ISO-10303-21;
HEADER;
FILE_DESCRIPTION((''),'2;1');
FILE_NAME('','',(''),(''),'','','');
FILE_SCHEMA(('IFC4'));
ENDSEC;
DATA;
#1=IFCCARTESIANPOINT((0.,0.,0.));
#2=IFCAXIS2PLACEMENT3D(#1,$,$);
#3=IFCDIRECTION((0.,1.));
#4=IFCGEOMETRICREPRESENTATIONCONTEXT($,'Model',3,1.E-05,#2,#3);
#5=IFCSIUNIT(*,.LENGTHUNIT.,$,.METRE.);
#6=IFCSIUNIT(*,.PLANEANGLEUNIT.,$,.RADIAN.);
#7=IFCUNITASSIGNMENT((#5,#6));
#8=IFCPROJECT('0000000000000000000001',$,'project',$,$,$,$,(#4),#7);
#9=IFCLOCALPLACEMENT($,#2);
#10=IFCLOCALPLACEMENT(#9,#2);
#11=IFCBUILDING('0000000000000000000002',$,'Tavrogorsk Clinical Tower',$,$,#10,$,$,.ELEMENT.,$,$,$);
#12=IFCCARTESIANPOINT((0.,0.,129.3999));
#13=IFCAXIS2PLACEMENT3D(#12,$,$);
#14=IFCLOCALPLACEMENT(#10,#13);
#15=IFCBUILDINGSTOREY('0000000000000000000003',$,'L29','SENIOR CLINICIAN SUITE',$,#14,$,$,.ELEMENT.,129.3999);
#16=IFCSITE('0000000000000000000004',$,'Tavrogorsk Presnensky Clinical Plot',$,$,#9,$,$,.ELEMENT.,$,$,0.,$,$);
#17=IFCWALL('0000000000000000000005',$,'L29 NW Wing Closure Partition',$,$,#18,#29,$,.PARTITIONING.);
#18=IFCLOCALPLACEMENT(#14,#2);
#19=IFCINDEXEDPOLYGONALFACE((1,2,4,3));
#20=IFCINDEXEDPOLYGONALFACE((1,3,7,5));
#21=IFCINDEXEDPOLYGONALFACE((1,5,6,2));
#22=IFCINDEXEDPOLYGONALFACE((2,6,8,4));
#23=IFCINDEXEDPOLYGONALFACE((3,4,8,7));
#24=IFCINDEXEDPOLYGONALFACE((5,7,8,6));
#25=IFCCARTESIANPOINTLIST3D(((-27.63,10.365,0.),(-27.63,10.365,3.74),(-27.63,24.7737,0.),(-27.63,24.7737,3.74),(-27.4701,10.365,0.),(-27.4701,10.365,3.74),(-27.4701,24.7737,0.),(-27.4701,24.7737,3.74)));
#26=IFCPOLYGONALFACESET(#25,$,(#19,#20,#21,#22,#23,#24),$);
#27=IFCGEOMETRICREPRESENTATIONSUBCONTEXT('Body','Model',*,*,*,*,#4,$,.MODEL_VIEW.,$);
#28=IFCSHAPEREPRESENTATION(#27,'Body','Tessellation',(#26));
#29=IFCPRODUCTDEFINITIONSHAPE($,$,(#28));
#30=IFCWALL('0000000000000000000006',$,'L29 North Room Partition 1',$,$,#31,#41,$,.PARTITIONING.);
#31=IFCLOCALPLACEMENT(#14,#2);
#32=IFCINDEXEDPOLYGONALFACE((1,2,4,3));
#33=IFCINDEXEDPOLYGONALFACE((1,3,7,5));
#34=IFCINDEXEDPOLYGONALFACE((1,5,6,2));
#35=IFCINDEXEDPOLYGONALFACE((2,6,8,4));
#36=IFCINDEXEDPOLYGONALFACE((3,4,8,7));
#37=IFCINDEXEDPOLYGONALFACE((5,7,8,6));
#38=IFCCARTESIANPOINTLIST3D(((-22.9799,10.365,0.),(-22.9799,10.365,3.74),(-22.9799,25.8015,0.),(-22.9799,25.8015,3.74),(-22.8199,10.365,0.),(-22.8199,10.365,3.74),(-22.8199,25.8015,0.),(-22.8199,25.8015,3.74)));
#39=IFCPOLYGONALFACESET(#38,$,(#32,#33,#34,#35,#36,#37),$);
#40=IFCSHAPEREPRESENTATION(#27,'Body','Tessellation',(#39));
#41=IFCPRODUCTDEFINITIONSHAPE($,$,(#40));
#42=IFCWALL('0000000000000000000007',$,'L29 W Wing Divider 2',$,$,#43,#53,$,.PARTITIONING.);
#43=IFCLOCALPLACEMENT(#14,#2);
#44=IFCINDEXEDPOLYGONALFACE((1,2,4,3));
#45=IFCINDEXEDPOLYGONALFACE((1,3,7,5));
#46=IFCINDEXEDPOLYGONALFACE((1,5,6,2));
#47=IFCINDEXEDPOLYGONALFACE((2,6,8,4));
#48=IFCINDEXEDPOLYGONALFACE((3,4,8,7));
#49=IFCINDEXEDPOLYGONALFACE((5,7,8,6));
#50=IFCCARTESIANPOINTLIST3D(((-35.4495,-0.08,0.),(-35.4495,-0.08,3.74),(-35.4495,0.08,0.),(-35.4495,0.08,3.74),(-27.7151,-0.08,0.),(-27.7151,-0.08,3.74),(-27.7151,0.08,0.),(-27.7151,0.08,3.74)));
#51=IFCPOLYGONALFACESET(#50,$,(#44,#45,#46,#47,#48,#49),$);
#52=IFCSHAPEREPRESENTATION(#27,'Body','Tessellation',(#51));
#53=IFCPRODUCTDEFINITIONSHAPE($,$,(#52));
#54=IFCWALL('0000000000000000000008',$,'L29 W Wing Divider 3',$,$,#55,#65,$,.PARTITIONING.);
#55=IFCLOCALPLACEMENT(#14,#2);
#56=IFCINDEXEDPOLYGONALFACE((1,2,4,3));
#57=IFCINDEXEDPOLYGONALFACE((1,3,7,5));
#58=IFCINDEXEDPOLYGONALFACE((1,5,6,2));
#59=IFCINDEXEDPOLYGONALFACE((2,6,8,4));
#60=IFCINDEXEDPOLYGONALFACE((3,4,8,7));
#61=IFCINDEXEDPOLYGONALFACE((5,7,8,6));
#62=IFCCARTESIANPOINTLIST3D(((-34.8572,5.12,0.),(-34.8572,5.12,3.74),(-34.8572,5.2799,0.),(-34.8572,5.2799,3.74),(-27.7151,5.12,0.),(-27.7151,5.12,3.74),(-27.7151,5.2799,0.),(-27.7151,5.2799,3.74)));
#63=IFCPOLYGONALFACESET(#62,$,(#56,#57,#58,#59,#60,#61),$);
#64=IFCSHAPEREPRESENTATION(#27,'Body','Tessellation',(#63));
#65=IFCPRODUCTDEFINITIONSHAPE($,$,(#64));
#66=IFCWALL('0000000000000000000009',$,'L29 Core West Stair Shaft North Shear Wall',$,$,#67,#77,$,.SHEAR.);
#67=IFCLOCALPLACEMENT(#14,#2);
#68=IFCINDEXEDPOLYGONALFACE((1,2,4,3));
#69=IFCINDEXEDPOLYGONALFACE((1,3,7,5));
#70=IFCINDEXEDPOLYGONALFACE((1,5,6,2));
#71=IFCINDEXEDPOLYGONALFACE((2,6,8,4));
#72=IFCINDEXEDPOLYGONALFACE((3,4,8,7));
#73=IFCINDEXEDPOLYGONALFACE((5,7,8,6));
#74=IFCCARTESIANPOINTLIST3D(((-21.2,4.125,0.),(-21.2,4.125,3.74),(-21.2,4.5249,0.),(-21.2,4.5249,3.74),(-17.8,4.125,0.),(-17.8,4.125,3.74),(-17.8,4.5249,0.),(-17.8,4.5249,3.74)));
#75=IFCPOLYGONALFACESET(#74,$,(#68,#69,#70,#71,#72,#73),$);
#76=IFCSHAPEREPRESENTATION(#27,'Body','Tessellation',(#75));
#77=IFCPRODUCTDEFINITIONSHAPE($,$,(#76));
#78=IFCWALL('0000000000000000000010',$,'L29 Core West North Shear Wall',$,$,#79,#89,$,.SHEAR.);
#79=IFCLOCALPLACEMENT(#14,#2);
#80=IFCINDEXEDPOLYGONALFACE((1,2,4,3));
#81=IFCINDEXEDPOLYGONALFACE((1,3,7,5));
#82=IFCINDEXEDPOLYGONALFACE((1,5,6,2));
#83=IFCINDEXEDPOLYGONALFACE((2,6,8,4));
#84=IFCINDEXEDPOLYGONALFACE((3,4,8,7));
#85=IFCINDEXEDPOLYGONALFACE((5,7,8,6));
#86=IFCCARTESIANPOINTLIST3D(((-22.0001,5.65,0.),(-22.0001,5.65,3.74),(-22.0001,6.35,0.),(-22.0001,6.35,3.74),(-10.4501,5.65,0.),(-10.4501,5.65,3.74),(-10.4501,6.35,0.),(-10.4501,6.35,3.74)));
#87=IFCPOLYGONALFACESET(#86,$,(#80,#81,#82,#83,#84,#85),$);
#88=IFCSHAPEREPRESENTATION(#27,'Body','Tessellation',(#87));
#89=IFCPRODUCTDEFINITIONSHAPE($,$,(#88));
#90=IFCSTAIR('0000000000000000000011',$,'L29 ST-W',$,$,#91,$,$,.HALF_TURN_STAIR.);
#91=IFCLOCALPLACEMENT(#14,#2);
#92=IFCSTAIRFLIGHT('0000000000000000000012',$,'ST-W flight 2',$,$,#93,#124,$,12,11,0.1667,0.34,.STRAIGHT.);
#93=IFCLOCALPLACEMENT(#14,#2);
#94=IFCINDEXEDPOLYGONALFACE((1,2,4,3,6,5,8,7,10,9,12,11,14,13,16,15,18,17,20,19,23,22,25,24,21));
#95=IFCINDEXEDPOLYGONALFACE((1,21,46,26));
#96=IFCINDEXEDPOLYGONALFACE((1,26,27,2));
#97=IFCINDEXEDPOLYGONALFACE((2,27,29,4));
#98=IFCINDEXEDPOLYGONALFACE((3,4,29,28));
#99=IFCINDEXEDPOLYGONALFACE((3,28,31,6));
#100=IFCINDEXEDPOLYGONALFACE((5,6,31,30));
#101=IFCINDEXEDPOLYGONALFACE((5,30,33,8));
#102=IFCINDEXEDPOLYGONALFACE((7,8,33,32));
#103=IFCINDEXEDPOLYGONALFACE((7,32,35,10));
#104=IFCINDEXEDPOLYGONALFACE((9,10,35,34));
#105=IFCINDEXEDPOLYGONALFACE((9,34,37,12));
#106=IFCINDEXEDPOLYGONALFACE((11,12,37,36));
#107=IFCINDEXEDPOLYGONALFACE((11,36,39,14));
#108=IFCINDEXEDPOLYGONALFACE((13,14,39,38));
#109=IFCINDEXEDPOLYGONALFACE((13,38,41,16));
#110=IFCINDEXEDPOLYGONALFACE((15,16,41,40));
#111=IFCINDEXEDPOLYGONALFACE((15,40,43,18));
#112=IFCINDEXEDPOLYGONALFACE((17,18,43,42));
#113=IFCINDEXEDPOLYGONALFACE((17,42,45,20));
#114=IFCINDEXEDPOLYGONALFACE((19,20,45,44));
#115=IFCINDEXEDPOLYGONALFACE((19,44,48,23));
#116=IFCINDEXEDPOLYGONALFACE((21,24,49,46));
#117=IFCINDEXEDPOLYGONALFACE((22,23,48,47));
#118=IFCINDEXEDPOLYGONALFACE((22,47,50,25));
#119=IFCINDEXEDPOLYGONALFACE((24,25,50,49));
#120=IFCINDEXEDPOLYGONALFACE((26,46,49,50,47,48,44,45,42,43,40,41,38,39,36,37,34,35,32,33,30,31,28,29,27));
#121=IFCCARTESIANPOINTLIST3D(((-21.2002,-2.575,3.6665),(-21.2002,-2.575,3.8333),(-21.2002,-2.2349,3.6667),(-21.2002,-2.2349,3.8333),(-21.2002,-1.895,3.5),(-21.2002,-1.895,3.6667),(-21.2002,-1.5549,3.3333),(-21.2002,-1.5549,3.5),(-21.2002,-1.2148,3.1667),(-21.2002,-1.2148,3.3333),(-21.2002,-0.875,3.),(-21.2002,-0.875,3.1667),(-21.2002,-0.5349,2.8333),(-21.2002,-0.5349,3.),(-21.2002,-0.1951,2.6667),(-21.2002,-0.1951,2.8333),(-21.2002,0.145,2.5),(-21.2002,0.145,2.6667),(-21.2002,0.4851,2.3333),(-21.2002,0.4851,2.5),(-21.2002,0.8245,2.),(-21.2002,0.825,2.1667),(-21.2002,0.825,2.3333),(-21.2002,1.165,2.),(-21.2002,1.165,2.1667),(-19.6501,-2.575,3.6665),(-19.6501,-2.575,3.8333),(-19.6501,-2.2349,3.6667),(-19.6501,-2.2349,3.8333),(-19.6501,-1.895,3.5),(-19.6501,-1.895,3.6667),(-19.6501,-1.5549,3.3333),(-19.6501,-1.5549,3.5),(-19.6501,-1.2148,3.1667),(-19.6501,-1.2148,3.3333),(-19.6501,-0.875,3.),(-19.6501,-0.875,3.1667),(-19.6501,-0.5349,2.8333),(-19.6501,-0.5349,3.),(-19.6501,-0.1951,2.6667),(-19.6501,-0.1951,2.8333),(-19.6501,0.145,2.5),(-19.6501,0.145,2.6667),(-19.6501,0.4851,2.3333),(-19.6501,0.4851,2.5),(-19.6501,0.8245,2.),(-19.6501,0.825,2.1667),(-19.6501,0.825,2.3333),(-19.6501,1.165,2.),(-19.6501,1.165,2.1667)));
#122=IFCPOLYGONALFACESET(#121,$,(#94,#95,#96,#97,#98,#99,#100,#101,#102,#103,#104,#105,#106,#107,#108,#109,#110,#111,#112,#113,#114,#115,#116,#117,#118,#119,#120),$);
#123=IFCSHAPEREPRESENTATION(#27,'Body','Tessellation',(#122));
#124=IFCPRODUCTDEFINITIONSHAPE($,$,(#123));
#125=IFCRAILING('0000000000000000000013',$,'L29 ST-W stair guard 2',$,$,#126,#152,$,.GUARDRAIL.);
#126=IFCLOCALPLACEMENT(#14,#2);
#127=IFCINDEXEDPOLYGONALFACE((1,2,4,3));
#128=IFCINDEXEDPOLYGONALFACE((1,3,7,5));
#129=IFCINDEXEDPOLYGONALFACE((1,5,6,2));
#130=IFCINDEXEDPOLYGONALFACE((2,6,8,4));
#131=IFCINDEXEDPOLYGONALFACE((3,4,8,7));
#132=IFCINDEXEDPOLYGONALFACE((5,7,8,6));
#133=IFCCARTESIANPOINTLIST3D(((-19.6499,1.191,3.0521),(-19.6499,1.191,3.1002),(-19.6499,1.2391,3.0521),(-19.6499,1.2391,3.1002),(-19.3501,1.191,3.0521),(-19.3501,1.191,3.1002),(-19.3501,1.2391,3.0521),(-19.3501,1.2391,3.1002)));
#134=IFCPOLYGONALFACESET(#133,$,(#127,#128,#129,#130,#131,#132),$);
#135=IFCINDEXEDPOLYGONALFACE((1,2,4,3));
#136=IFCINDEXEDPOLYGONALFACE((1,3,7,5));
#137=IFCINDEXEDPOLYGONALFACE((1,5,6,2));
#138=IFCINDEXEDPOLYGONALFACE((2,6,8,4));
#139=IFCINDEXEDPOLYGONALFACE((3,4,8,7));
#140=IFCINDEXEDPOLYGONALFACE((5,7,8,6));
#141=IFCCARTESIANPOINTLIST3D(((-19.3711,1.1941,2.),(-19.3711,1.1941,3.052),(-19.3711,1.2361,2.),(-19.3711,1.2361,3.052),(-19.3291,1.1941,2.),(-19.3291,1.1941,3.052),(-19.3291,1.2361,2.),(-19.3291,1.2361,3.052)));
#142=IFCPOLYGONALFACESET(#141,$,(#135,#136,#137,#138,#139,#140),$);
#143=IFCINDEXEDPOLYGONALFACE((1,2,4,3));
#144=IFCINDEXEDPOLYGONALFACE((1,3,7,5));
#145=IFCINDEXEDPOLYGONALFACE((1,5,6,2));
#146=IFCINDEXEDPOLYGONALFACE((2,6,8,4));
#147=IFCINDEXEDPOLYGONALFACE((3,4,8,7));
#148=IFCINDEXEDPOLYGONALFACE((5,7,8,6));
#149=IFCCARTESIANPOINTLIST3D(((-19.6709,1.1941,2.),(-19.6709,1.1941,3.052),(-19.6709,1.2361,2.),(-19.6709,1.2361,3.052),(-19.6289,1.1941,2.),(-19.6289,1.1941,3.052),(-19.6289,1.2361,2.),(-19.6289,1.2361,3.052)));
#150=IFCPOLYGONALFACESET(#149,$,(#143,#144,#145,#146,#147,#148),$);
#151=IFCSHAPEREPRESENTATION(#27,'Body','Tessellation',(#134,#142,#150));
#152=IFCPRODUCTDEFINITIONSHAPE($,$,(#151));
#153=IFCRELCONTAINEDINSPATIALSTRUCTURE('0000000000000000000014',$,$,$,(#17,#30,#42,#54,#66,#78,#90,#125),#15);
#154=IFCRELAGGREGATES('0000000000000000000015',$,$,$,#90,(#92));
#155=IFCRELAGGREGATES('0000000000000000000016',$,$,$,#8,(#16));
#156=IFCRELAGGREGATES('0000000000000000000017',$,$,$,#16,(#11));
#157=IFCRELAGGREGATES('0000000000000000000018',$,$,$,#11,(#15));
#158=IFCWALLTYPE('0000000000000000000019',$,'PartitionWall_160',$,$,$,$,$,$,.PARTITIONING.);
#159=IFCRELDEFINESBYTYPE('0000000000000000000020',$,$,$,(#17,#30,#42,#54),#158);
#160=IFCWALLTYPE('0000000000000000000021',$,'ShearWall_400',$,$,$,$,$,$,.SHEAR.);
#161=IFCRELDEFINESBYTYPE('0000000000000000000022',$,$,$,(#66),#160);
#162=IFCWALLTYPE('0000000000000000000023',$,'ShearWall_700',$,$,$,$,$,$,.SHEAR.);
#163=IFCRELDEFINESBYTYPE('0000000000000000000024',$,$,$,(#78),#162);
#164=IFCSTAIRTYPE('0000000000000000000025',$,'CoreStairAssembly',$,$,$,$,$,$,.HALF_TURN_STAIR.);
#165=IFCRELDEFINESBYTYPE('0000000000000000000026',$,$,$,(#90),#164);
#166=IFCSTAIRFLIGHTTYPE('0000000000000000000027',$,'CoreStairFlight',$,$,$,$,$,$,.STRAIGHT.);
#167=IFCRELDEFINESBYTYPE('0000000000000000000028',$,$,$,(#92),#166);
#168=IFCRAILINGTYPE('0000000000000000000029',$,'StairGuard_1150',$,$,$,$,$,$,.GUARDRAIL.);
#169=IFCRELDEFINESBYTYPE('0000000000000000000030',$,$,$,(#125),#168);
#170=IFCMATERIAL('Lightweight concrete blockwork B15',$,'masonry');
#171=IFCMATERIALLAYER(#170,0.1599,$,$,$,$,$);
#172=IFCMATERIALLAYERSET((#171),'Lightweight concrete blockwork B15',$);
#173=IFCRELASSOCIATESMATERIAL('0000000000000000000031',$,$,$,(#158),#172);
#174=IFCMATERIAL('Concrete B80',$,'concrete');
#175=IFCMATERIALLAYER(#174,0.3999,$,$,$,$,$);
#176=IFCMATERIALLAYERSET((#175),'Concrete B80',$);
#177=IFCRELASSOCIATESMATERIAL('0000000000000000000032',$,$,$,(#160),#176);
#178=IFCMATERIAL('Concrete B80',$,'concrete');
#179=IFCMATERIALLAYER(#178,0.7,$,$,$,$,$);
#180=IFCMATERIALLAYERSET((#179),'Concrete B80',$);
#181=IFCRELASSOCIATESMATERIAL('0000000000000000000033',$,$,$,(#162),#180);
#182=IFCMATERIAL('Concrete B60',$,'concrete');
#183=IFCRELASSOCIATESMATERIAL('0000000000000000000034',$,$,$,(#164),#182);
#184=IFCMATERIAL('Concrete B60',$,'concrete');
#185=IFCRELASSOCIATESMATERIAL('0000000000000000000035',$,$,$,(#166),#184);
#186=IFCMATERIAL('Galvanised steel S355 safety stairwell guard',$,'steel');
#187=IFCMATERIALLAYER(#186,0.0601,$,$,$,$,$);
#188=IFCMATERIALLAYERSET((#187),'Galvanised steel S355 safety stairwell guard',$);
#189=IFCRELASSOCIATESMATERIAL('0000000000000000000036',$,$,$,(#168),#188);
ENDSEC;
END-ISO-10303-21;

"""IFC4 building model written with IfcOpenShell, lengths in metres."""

from ifc_helpers import new_model, si_unit, direction, frame, frame_2d, origin, origin_2d, place, context, subcontext, project, spatial, polyline, rectangle, outline, extrude, material, layer, layer_set, type_object, element, aggregate, save


model = new_model("IFC4")

# Units and contexts
model_context = context("Model", 3, precision=1e-05, world=origin(), true_north=direction((0.0, 1.0)))
body_context = subcontext(model_context, "Body", "Model", "MODEL_VIEW")
ifc_project = project(units=[si_unit("LENGTHUNIT", "METRE"), si_unit("PLANEANGLEUNIT", "RADIAN")], contexts=[model_context])

# Site, building, storey
site_placement = place(None, origin())
site = spatial("IfcSite", under=ifc_project, at=site_placement, Name="Tavrogorsk Presnensky Clinical Plot", CompositionType="ELEMENT", RefElevation=0.0)
building_placement = place(site_placement, origin())
building = spatial("IfcBuilding", under=site, at=building_placement, Name="Tavrogorsk Clinical Tower", CompositionType="ELEMENT")
storey_placement = place(building_placement, frame((0.0, 0.0, 129.3999)))
storey = spatial("IfcBuildingStorey", under=building, at=storey_placement, Name="L29", Description="SENIOR CLINICIAN SUITE", CompositionType="ELEMENT", Elevation=129.3999)

# Shared definitions
ifc_material_1 = material(Name="Lightweight concrete blockwork B15", Category="masonry")
ifc_layer_1 = layer(ifc_material_1, 0.1599)
ifc_layer_set_1 = layer_set([ifc_layer_1], Name="Lightweight concrete blockwork B15")
wall_type_1 = type_object("IfcWallType", Name="PartitionWall_160", PredefinedType="PARTITIONING", material=ifc_layer_set_1)

# Walls
wall_1_placement = place(storey_placement, frame((-27.55, 10.365, 0.0), z_axis=(0.0, 0.0, 1.0), x_axis=(0.0, 1.0, 0.0)))
element("IfcWall", 1, at=wall_1_placement, inside=storey, type_object=wall_type_1, Name="L29 NW Wing Closure Partition", PredefinedType="PARTITIONING", context=body_context, shape_type="SweptSolid", body=[
    extrude(rectangle(XDim=14.4087, YDim=0.1599, at=frame_2d((7.2043, 0.0))), origin(), (0.0, 0.0, 1.0), 3.74),
])
wall_2_placement = place(storey_placement, frame((-22.8999, 10.365, 0.0), z_axis=(0.0, 0.0, 1.0), x_axis=(0.0, 1.0, 0.0)))
element("IfcWall", 2, at=wall_2_placement, inside=storey, type_object=wall_type_1, Name="L29 North Room Partition 1", PredefinedType="PARTITIONING", context=body_context, shape_type="SweptSolid", body=[
    extrude(rectangle(XDim=15.4365, YDim=0.1599, at=frame_2d((7.7183, 0.0))), origin(), (0.0, 0.0, 1.0), 3.74),
])
wall_3_placement = place(storey_placement, frame((-35.4495, 0.0, 0.0), z_axis=(0.0, 0.0, 1.0), x_axis=(1.0, 0.0, 0.0)))
element("IfcWall", 3, at=wall_3_placement, inside=storey, type_object=wall_type_1, Name="L29 W Wing Divider 2", PredefinedType="PARTITIONING", context=body_context, shape_type="SweptSolid", body=[
    extrude(rectangle(XDim=7.7344, YDim=0.1599, at=frame_2d((3.8672, 0.0))), origin(), (0.0, 0.0, 1.0), 3.74),
])
wall_4_placement = place(storey_placement, frame((-34.8572, 5.2, 0.0), z_axis=(0.0, 0.0, 1.0), x_axis=(1.0, 0.0, 0.0)))
element("IfcWall", 4, at=wall_4_placement, inside=storey, type_object=wall_type_1, Name="L29 W Wing Divider 3", PredefinedType="PARTITIONING", context=body_context, shape_type="SweptSolid", body=[
    extrude(rectangle(XDim=7.1421, YDim=0.1599, at=frame_2d((3.571, 0.0))), origin(), (0.0, 0.0, 1.0), 3.74),
])
ifc_material_2 = material(Name="Concrete B80", Category="concrete")
ifc_layer_2 = layer(ifc_material_2, 0.3999)
ifc_layer_set_2 = layer_set([ifc_layer_2], Name="Concrete B80")
wall_type_2 = type_object("IfcWallType", Name="ShearWall_400", PredefinedType="SHEAR", material=ifc_layer_set_2)
wall_5_placement = place(storey_placement, frame((-21.2, 4.325, 0.0), z_axis=(0.0, 0.0, 1.0), x_axis=(1.0, 0.0, 0.0)))
element("IfcWall", 5, at=wall_5_placement, inside=storey, type_object=wall_type_2, Name="L29 Core West Stair Shaft North Shear Wall", PredefinedType="SHEAR", context=body_context, shape_type="SweptSolid", body=[
    extrude(rectangle(XDim=3.3999, YDim=0.3999, at=frame_2d((1.7, 0.0))), origin(), (0.0, 0.0, 1.0), 3.74),
])
ifc_material_3 = material(Name="Concrete B80", Category="concrete")
ifc_layer_3 = layer(ifc_material_3, 0.7)
ifc_layer_set_3 = layer_set([ifc_layer_3], Name="Concrete B80")
wall_type_3 = type_object("IfcWallType", Name="ShearWall_700", PredefinedType="SHEAR", material=ifc_layer_set_3)
wall_6_placement = place(storey_placement, frame((-22.0, 6.0, 0.0), z_axis=(0.0, 0.0, 1.0), x_axis=(1.0, 0.0, 0.0)))
element("IfcWall", 6, at=wall_6_placement, inside=storey, type_object=wall_type_3, Name="L29 Core West North Shear Wall", PredefinedType="SHEAR", context=body_context, shape_type="SweptSolid", body=[
    extrude(rectangle(XDim=11.55, YDim=0.7, at=frame_2d((5.7749, 0.0))), origin(), (0.0, 0.0, 1.0), 3.74),
])

# Stair, stair flight
ifc_material_4 = material(Name="Concrete B60", Category="concrete")
stair_type = type_object("IfcStairType", Name="CoreStairAssembly", PredefinedType="HALF_TURN_STAIR", material=ifc_material_4)
stair_placement = place(storey_placement, origin())
stair = element("IfcStair", 7, at=stair_placement, inside=storey, type_object=stair_type, Name="L29 ST-W", PredefinedType="HALF_TURN_STAIR")
ifc_material_5 = material(Name="Concrete B60", Category="concrete")
stair_flight_type = type_object("IfcStairFlightType", Name="CoreStairFlight", PredefinedType="STRAIGHT", material=ifc_material_5)
stair_flight_placement = place(storey_placement, frame((-20.425, 1.165, 2.0), z_axis=(0.0, 0.0, 1.0), x_axis=(0.0, -1.0, 0.0)))
stair_flight = element("IfcStairFlight", 8, at=stair_flight_placement, type_object=stair_flight_type, Name="ST-W flight 2", NumberOfRisers=12, NumberOfTreads=11, PredefinedType="STRAIGHT", RiserHeight=0.1667, TreadLength=0.34, context=body_context, shape_type="SweptSolid", body=[
    extrude(outline(polyline([(0.0, 0.0), (0.0, 0.1667), (0.3401, 0.1667), (0.3401, 0.3333), (0.6799, 0.3333), (0.6799, 0.5), (1.02, 0.5), (1.02, 0.6667), (1.3601, 0.6667), (1.3601, 0.8333), (1.7, 0.8333), (1.7, 1.0), (2.04, 1.0), (2.04, 1.1667), (2.3799, 1.1667), (2.3799, 1.3333), (2.72, 1.3333), (2.72, 1.5), (3.0601, 1.5), (3.0601, 1.6667), (3.3999, 1.6667), (3.3999, 1.8333), (3.74, 1.8333), (3.74, 2.0), (3.74, 1.6665), (0.3406, 0.0), (0.0, 0.0)])), frame((0.0, 0.7749, 0.0), z_axis=(0.0, -1.0, 0.0), x_axis=(1.0, 0.0, 0.0)), (0.0, 0.0, 1.0), 1.55),
])
aggregate(stair, [stair_flight])

# Railing
ifc_material_6 = material(Name="Galvanised steel S355 safety stairwell guard", Category="steel")
ifc_layer_4 = layer(ifc_material_6, 0.0601)
ifc_layer_set_4 = layer_set([ifc_layer_4], Name="Galvanised steel S355 safety stairwell guard")
railing_type_1 = type_object("IfcRailingType", Name="StairGuard_1150", PredefinedType="GUARDRAIL", material=ifc_layer_set_4)
railing_1_placement = place(storey_placement, frame((-19.3501, 1.2151, 2.0)))
element("IfcRailing", 9, at=railing_1_placement, inside=storey, type_object=railing_type_1, Name="L29 ST-W stair guard 2", PredefinedType="GUARDRAIL", context=body_context, shape_type="SweptSolid", body=[
    extrude(rectangle(XDim=0.0481, YDim=0.0481, at=origin_2d()), frame((0.0, 0.0, 1.0762), z_axis=(-1.0, 0.0, 0.0), x_axis=(0.0, -1.0, 0.0)), (0.0, 0.0, 1.0), 0.2998),
    extrude(rectangle(XDim=0.042, YDim=0.042, at=origin_2d()), origin(), (0.0, 0.0, 1.0), 1.052),
    extrude(rectangle(XDim=0.042, YDim=0.042, at=origin_2d()), frame((-0.2998, 0.0, 0.0)), (0.0, 0.0, 1.0), 1.052),
])

save(model, "model.ifc")
